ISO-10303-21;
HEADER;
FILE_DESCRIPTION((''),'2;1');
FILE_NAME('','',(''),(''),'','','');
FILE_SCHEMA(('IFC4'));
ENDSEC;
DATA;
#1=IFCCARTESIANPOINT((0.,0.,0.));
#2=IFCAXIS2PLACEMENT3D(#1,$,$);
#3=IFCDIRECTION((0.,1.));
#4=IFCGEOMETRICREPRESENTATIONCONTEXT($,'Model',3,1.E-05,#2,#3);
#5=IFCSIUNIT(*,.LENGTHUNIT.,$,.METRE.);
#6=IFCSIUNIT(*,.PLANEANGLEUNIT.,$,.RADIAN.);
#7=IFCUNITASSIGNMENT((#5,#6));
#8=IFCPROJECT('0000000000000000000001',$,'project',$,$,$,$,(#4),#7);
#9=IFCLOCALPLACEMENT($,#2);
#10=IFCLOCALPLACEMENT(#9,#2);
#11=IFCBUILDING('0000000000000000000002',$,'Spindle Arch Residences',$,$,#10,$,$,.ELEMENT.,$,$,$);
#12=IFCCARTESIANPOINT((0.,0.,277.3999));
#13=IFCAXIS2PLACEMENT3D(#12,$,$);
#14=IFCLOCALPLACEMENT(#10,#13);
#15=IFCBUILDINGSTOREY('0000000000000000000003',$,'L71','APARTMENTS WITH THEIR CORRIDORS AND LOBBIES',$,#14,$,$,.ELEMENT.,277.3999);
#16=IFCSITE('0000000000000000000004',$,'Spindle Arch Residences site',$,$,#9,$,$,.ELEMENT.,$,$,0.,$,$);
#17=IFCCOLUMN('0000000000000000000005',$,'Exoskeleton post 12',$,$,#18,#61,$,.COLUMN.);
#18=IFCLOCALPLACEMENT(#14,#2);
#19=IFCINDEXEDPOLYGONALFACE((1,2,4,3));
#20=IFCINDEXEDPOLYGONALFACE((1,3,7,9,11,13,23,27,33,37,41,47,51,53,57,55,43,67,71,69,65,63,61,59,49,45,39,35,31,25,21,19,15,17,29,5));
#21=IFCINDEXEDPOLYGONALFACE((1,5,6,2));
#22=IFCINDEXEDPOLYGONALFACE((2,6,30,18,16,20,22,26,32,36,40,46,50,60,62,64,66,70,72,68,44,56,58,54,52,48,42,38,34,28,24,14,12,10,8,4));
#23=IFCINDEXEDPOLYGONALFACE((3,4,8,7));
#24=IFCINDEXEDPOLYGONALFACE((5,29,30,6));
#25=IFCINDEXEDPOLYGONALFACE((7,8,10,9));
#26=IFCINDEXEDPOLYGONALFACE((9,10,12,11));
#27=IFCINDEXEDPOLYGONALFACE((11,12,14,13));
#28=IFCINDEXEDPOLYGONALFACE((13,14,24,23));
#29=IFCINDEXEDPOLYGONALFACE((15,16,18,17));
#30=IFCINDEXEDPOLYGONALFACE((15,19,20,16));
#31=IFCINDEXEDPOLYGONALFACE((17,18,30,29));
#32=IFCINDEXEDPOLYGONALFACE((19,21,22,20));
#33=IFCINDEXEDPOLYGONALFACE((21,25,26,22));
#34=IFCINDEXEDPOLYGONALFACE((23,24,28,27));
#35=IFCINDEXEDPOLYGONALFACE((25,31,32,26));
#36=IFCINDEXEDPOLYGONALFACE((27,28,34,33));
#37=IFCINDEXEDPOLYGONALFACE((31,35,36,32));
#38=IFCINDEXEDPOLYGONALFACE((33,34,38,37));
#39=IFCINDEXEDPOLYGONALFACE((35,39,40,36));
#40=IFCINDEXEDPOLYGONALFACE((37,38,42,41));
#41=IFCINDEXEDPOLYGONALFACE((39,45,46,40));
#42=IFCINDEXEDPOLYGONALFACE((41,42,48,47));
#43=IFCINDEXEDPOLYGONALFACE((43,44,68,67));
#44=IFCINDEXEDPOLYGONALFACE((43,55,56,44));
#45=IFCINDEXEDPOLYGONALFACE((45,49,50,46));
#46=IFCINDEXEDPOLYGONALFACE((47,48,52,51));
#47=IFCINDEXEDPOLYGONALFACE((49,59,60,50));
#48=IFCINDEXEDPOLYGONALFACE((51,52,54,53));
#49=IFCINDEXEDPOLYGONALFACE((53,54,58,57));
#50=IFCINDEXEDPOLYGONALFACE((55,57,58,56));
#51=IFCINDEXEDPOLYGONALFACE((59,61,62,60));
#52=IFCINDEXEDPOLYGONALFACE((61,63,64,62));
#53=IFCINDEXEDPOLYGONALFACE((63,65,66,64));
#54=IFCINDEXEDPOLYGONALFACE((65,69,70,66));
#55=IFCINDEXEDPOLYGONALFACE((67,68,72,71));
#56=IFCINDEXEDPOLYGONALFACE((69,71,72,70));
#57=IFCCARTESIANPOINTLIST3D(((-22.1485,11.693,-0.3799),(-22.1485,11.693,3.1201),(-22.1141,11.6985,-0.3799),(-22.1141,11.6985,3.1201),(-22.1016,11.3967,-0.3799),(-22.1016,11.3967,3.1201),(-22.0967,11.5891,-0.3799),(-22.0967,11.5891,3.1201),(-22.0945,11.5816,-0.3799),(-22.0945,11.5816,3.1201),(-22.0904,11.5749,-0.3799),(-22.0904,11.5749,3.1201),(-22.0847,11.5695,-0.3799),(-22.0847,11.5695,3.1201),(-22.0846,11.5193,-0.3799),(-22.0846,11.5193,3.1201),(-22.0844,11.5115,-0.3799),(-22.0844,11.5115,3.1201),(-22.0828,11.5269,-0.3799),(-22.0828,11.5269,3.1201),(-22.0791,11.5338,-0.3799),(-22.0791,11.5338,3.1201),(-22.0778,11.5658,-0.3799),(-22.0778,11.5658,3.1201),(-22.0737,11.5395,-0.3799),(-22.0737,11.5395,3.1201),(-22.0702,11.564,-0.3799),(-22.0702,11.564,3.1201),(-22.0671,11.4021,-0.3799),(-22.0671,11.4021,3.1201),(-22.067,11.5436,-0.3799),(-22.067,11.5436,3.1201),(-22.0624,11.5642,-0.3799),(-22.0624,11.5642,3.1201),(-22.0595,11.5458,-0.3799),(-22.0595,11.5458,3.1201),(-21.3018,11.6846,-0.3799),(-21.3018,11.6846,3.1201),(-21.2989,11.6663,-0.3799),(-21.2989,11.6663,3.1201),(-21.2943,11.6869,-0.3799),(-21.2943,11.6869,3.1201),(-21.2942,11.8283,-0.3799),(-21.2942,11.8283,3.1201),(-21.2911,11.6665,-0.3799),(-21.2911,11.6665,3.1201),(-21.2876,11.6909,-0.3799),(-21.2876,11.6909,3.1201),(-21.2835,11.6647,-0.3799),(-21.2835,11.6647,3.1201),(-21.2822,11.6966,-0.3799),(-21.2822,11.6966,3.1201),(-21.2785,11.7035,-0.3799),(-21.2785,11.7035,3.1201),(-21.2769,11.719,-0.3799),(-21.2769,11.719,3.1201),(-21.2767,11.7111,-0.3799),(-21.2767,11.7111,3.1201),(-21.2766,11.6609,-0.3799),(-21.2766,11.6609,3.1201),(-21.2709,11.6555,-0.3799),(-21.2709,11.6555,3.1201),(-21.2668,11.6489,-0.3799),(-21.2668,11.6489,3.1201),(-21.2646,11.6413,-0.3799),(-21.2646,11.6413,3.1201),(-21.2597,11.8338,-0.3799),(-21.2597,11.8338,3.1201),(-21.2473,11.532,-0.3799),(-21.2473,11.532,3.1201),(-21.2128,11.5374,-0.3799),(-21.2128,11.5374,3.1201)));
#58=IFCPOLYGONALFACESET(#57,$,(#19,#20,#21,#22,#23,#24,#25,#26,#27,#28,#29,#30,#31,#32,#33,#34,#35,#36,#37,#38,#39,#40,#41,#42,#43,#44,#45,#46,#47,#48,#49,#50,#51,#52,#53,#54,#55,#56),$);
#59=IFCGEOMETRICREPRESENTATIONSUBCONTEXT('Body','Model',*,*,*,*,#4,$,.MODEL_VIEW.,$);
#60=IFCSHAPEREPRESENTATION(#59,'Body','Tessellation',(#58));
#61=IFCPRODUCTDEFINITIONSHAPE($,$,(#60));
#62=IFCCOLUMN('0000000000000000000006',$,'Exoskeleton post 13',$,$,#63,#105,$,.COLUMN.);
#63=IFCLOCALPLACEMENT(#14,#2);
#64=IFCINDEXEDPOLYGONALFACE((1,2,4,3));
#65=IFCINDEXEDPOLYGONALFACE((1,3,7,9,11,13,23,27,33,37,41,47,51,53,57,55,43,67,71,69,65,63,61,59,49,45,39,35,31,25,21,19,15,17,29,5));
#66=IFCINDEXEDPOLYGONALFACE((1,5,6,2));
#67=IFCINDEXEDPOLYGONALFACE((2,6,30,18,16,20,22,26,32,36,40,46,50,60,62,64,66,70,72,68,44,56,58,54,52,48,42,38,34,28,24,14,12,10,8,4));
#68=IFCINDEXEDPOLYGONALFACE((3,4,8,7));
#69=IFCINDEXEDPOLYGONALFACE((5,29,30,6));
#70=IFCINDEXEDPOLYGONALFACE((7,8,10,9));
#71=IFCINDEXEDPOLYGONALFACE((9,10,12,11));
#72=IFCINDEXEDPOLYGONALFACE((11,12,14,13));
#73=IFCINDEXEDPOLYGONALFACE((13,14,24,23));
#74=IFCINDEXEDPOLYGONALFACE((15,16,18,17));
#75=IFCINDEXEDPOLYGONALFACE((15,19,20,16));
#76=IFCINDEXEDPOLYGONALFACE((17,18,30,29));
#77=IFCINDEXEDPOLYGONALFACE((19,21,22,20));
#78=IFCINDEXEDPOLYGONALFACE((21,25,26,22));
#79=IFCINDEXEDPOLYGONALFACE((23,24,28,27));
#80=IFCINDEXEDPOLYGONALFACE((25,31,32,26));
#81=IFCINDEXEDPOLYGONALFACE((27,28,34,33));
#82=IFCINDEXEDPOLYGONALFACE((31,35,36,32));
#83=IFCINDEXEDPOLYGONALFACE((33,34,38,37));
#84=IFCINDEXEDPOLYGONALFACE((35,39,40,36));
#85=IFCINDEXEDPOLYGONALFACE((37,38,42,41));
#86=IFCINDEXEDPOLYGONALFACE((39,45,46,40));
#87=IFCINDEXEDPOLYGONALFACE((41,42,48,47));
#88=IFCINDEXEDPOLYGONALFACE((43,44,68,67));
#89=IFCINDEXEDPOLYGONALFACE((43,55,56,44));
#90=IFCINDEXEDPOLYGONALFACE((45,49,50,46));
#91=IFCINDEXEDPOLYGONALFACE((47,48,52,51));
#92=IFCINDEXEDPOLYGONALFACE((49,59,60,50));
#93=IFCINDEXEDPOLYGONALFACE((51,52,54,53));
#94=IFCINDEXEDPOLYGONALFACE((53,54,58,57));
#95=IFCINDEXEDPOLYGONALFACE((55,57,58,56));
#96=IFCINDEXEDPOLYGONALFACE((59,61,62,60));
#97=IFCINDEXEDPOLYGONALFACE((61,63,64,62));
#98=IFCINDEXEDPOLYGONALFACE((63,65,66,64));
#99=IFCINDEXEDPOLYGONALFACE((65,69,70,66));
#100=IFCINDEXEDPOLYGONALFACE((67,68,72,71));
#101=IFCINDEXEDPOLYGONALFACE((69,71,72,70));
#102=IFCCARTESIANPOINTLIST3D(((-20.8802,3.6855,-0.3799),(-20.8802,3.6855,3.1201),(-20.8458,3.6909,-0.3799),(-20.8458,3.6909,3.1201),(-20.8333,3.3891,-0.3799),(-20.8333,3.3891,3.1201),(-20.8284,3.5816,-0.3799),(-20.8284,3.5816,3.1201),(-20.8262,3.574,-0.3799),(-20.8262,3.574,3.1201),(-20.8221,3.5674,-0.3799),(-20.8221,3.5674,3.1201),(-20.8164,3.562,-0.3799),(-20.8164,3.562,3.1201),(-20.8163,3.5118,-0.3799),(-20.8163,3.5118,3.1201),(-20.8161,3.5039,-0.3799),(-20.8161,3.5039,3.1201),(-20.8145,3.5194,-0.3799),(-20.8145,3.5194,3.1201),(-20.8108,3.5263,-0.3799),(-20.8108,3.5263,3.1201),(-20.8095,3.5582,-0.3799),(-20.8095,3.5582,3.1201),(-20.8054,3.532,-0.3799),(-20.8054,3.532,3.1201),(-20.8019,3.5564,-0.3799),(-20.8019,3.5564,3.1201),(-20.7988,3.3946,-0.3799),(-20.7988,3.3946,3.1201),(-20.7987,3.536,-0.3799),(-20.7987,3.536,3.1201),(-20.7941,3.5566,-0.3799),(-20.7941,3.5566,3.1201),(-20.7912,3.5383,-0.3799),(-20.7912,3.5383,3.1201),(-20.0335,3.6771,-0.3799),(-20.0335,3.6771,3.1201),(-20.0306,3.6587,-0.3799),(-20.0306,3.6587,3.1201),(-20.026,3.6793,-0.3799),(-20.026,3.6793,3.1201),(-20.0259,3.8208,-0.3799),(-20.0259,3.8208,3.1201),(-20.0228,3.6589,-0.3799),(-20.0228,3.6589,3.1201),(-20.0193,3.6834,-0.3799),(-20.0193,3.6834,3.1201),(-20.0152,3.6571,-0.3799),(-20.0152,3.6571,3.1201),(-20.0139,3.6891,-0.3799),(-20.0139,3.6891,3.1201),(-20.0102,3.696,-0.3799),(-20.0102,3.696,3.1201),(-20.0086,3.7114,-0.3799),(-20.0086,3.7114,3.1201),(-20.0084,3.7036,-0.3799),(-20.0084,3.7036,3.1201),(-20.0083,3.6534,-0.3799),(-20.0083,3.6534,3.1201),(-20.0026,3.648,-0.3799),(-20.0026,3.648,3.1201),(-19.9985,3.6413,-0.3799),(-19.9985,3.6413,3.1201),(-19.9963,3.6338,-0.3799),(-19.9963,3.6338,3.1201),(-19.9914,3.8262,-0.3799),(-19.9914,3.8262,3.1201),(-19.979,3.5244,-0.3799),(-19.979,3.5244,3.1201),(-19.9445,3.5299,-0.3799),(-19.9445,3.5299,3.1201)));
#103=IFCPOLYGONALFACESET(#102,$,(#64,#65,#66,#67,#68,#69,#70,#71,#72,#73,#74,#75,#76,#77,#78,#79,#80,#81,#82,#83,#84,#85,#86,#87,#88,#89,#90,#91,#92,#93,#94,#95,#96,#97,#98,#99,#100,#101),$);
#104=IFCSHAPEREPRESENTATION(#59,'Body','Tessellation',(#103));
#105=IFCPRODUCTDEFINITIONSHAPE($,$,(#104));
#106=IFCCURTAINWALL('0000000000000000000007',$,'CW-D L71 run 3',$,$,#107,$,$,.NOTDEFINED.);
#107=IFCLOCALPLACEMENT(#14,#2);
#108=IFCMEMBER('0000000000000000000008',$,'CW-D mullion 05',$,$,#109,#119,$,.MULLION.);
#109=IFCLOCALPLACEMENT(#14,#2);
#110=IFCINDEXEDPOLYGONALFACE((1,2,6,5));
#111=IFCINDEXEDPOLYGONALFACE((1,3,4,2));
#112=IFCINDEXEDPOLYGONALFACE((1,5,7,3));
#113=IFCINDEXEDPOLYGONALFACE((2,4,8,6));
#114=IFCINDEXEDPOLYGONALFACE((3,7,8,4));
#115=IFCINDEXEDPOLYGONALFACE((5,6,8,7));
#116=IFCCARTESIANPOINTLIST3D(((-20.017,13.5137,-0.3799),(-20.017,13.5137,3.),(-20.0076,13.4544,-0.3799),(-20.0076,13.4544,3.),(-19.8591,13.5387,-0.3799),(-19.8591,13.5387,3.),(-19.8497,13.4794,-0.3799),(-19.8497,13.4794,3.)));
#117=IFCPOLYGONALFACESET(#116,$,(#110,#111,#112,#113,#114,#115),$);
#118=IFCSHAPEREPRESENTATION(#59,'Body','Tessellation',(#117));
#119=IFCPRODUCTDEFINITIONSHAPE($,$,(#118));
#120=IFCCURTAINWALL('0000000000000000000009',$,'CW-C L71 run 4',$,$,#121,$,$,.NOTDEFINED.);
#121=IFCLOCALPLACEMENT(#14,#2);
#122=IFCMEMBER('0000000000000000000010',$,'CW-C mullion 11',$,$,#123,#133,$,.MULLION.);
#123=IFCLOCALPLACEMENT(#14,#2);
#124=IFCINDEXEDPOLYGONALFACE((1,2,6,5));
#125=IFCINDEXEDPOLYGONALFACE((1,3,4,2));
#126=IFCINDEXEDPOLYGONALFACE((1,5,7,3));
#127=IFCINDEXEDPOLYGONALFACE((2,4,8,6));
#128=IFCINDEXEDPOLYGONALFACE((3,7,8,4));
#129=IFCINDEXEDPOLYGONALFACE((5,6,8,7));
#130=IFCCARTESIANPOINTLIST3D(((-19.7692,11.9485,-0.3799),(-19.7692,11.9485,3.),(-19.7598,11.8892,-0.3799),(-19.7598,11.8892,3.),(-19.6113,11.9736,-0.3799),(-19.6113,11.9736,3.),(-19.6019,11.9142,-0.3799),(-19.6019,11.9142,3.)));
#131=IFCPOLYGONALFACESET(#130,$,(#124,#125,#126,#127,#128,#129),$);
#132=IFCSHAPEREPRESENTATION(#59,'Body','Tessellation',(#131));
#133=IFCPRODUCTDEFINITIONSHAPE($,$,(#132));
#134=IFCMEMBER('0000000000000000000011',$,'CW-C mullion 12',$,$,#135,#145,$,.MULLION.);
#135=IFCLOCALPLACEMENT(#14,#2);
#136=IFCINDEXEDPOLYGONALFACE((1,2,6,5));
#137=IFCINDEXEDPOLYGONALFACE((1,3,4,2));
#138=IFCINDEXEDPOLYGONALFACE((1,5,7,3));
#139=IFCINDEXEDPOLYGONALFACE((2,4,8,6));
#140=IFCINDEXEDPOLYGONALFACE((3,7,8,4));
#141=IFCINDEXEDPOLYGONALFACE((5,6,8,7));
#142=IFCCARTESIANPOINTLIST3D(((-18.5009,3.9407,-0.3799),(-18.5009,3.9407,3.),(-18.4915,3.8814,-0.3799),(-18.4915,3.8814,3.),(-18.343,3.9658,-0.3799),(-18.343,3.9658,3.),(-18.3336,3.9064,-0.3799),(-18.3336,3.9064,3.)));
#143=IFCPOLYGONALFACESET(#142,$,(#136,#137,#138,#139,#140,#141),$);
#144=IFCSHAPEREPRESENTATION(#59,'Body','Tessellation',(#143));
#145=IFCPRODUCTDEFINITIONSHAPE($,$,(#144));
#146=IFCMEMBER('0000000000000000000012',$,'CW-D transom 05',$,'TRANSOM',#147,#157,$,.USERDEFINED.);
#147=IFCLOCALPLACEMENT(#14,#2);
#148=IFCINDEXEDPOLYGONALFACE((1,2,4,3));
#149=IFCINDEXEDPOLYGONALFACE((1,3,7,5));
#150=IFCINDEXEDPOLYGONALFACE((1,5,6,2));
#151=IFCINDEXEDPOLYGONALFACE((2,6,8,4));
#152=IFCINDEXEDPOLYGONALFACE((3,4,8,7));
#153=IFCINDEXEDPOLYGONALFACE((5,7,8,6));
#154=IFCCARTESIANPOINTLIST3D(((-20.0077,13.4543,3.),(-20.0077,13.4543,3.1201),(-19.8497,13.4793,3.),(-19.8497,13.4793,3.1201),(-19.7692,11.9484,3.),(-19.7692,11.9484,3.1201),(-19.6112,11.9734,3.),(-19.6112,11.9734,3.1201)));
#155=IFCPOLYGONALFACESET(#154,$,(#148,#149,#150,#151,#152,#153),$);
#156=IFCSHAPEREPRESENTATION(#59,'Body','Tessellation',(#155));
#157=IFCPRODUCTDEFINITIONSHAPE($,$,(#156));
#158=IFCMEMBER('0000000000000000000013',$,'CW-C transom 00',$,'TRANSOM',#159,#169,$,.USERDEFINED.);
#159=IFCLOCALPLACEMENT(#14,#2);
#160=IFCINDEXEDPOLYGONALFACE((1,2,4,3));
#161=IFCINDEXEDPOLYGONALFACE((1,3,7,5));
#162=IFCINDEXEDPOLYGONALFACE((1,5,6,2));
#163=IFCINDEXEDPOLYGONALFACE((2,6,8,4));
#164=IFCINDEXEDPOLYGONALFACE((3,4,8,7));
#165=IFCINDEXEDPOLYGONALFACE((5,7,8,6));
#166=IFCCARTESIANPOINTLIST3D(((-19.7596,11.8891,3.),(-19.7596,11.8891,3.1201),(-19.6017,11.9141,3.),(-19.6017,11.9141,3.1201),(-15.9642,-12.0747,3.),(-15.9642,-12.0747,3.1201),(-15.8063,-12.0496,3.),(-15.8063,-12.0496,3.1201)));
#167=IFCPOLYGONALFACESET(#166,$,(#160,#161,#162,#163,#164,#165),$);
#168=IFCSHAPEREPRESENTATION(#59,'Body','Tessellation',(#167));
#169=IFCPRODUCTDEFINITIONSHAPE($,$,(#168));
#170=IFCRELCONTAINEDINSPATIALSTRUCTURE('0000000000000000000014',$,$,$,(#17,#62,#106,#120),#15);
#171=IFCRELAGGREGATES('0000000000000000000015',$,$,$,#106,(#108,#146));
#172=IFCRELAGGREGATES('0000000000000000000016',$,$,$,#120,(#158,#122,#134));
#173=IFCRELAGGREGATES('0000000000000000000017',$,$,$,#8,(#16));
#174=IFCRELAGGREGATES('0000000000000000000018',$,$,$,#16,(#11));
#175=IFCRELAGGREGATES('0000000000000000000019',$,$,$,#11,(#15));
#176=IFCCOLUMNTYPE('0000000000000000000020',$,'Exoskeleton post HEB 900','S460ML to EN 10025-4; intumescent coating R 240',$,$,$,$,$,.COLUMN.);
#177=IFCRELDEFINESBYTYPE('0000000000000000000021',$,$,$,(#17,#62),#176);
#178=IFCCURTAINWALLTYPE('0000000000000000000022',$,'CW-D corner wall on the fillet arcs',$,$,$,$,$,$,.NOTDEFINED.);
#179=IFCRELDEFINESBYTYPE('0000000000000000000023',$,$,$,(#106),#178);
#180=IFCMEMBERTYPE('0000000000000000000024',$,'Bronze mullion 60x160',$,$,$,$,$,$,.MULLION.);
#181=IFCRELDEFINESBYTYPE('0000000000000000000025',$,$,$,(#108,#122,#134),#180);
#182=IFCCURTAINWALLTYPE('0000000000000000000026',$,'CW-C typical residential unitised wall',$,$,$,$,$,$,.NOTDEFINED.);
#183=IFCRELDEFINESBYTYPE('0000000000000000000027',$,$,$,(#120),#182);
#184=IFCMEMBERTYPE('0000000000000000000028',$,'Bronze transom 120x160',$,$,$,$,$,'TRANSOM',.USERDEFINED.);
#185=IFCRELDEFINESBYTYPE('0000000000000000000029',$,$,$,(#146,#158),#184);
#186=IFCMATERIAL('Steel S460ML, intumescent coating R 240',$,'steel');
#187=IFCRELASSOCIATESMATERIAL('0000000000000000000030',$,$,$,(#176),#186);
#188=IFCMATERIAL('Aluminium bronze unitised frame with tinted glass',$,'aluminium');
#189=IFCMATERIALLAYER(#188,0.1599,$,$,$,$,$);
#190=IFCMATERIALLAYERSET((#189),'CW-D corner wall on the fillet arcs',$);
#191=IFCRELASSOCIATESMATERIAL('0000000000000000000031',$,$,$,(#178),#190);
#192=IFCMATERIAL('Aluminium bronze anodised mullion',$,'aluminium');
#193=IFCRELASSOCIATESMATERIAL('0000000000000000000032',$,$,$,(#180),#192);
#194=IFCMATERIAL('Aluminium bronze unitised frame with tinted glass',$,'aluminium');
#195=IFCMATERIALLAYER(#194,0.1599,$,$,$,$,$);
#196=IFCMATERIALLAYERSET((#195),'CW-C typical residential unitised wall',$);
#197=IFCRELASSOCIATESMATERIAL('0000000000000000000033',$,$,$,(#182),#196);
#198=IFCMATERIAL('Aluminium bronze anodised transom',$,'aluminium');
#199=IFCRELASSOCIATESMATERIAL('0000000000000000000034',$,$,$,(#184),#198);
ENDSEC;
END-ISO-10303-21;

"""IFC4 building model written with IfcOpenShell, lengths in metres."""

from ifc_helpers import new_model, si_unit, direction, frame, origin, origin_2d, place, context, subcontext, project, spatial, rectangle, i_section, extrude, material, layer, layer_set, material_profile, profile_set, type_object, element, aggregate, save


model = new_model("IFC4")

# Units and contexts
model_context = context("Model", 3, precision=1e-05, world=origin(), true_north=direction((0.0, 1.0)))
body_context = subcontext(model_context, "Body", "Model", "MODEL_VIEW")
ifc_project = project(units=[si_unit("LENGTHUNIT", "METRE"), si_unit("PLANEANGLEUNIT", "RADIAN")], contexts=[model_context])

# Site, building, storey
site_placement = place(None, origin())
site = spatial("IfcSite", under=ifc_project, at=site_placement, Name="Spindle Arch Residences site", CompositionType="ELEMENT", RefElevation=0.0)
building_placement = place(site_placement, origin())
building = spatial("IfcBuilding", under=site, at=building_placement, Name="Spindle Arch Residences", CompositionType="ELEMENT")
storey_placement = place(building_placement, frame((0.0, 0.0, 277.3999)))
storey = spatial("IfcBuildingStorey", under=building, at=storey_placement, Name="L71", Description="APARTMENTS WITH THEIR CORRIDORS AND LOBBIES", CompositionType="ELEMENT", Elevation=277.3999)

# Columns
ifc_material_1 = material(Name="Steel S460ML, intumescent coating R 240", Category="steel")
ifc_material_profile_1 = material_profile(ifc_material_1, i_section(OverallWidth=0.3, OverallDepth=0.8999, WebThickness=0.0186, FlangeThickness=0.0349, FilletRadius=0.03, at=origin_2d()), Name="HEB 900")
ifc_profile_set_1 = profile_set([ifc_material_profile_1], Name="Steel S460ML, intumescent coating R 240")
column_type = type_object("IfcColumnType", Name="Exoskeleton post HEB 900", Description="S460ML to EN 10025-4; intumescent coating R 240", PredefinedType="COLUMN", material=ifc_profile_set_1)
for number, where, z_axis, x_axis, name in (
    (1, (-21.6807, 11.6152, -0.3799), (0.0, 0.0, 1.0), (-0.156434, 0.987688, 0.0), "Exoskeleton post 12"),
    (2, (-20.4124, 3.6077, -0.3799), (0.0, 0.0, 1.0), (-0.156434, 0.987688, 0.0), "Exoskeleton post 13"),
):
    element("IfcColumn", number, at=place(storey_placement, frame(where, z_axis=z_axis, x_axis=x_axis)), inside=storey, type_object=column_type, Name=name, PredefinedType="COLUMN", context=body_context, shape_type="SweptSolid", body=[
        extrude(i_section(OverallWidth=0.3, OverallDepth=0.8999, WebThickness=0.0186, FlangeThickness=0.0349, FilletRadius=0.03, at=origin_2d()), origin(), (0.0, 0.0, 1.0), 3.5),
    ])

# Curtain wall, member
ifc_material_2 = material(Name="Aluminium bronze unitised frame with tinted glass", Category="aluminium")
ifc_layer_1 = layer(ifc_material_2, 0.1599)
ifc_layer_set_1 = layer_set([ifc_layer_1], Name="CW-D corner wall on the fillet arcs")
curtain_wall_type_1 = type_object("IfcCurtainWallType", Name="CW-D corner wall on the fillet arcs", PredefinedType="NOTDEFINED", material=ifc_layer_set_1)
curtain_wall_1_placement = place(storey_placement, origin())
curtain_wall_1 = element("IfcCurtainWall", 3, at=curtain_wall_1_placement, inside=storey, type_object=curtain_wall_type_1, Name="CW-D L71 run 3", PredefinedType="NOTDEFINED")
ifc_material_3 = material(Name="Aluminium bronze anodised mullion", Category="aluminium")
ifc_material_profile_2 = material_profile(ifc_material_3, rectangle(XDim=0.1599, YDim=0.0601, at=origin_2d()), Name="MU 60x160")
ifc_profile_set_2 = profile_set([ifc_material_profile_2], Name="Aluminium bronze anodised mullion")
member_type_1 = type_object("IfcMemberType", Name="Bronze mullion 60x160", PredefinedType="MULLION", material=ifc_profile_set_2)
member_1_placement = place(storey_placement, frame((-19.9333, 13.4966, -0.3799), z_axis=(0.0, 0.0, 1.0), x_axis=(0.987688, 0.156434, 0.0)))
member_1 = element("IfcMember", 4, at=member_1_placement, type_object=member_type_1, Name="CW-D mullion 05", PredefinedType="MULLION", context=body_context, shape_type="SweptSolid", body=[
    extrude(rectangle(XDim=0.1599, YDim=0.0601, at=origin_2d()), origin(), (0.0, 0.0, 1.0), 3.3799),
])

# Curtain wall, members
ifc_material_4 = material(Name="Aluminium bronze unitised frame with tinted glass", Category="aluminium")
ifc_layer_2 = layer(ifc_material_4, 0.1599)
ifc_layer_set_2 = layer_set([ifc_layer_2], Name="CW-C typical residential unitised wall")
curtain_wall_type_2 = type_object("IfcCurtainWallType", Name="CW-C typical residential unitised wall", PredefinedType="NOTDEFINED", material=ifc_layer_set_2)
curtain_wall_2_placement = place(storey_placement, origin())
curtain_wall_2 = element("IfcCurtainWall", 5, at=curtain_wall_2_placement, inside=storey, type_object=curtain_wall_type_2, Name="CW-C L71 run 4", PredefinedType="NOTDEFINED")
member_2_placement = place(storey_placement, frame((-19.6855, 11.9314, -0.3799), z_axis=(0.0, 0.0, 1.0), x_axis=(0.987688, 0.156434, 0.0)))
member_2 = element("IfcMember", 6, at=member_2_placement, type_object=member_type_1, Name="CW-C mullion 11", PredefinedType="MULLION", context=body_context, shape_type="SweptSolid", body=[
    extrude(rectangle(XDim=0.1599, YDim=0.0601, at=origin_2d()), origin(), (0.0, 0.0, 1.0), 3.3799),
])
member_3_placement = place(storey_placement, frame((-18.4172, 3.9236, -0.3799), z_axis=(0.0, 0.0, 1.0), x_axis=(0.987688, 0.156434, 0.0)))
member_3 = element("IfcMember", 7, at=member_3_placement, type_object=member_type_1, Name="CW-C mullion 12", PredefinedType="MULLION", context=body_context, shape_type="SweptSolid", body=[
    extrude(rectangle(XDim=0.1599, YDim=0.0601, at=origin_2d()), origin(), (0.0, 0.0, 1.0), 3.3799),
])

# Members
ifc_material_5 = material(Name="Aluminium bronze anodised transom", Category="aluminium")
ifc_material_profile_3 = material_profile(ifc_material_5, rectangle(XDim=0.1599, YDim=0.1201, at=origin_2d()), Name="TR 120x160")
ifc_profile_set_3 = profile_set([ifc_material_profile_3], Name="Aluminium bronze anodised transom")
member_type_2 = type_object("IfcMemberType", Name="Bronze transom 120x160", ElementType="TRANSOM", PredefinedType="USERDEFINED", material=ifc_profile_set_3)
member_4_placement = place(storey_placement, frame((-19.9287, 13.4668, 3.0601), z_axis=(0.156448, -0.987686, 0.0), x_axis=(0.987686, 0.156448, 0.0)))
member_4 = element("IfcMember", 8, at=member_4_placement, type_object=member_type_2, Name="CW-D transom 05", ObjectType="TRANSOM", PredefinedType="USERDEFINED", context=body_context, shape_type="SweptSolid", body=[
    extrude(rectangle(XDim=0.1599, YDim=0.1201, at=origin_2d()), origin(), (0.0, 0.0, 1.0), 1.5247),
])
member_5_placement = place(storey_placement, frame((-19.6807, 11.9016, 3.0601), z_axis=(0.156431, -0.987689, 0.0), x_axis=(0.987689, 0.156431, 0.0)))
member_5 = element("IfcMember", 9, at=member_5_placement, type_object=member_type_2, Name="CW-C transom 00", ObjectType="TRANSOM", PredefinedType="USERDEFINED", context=body_context, shape_type="SweptSolid", body=[
    extrude(rectangle(XDim=0.1599, YDim=0.1201, at=origin_2d()), origin(), (0.0, 0.0, 1.0), 24.2625),
])

aggregate(curtain_wall_1, [member_1, member_4])
aggregate(curtain_wall_2, [member_5, member_2, member_3])

save(model, "model.ifc")
